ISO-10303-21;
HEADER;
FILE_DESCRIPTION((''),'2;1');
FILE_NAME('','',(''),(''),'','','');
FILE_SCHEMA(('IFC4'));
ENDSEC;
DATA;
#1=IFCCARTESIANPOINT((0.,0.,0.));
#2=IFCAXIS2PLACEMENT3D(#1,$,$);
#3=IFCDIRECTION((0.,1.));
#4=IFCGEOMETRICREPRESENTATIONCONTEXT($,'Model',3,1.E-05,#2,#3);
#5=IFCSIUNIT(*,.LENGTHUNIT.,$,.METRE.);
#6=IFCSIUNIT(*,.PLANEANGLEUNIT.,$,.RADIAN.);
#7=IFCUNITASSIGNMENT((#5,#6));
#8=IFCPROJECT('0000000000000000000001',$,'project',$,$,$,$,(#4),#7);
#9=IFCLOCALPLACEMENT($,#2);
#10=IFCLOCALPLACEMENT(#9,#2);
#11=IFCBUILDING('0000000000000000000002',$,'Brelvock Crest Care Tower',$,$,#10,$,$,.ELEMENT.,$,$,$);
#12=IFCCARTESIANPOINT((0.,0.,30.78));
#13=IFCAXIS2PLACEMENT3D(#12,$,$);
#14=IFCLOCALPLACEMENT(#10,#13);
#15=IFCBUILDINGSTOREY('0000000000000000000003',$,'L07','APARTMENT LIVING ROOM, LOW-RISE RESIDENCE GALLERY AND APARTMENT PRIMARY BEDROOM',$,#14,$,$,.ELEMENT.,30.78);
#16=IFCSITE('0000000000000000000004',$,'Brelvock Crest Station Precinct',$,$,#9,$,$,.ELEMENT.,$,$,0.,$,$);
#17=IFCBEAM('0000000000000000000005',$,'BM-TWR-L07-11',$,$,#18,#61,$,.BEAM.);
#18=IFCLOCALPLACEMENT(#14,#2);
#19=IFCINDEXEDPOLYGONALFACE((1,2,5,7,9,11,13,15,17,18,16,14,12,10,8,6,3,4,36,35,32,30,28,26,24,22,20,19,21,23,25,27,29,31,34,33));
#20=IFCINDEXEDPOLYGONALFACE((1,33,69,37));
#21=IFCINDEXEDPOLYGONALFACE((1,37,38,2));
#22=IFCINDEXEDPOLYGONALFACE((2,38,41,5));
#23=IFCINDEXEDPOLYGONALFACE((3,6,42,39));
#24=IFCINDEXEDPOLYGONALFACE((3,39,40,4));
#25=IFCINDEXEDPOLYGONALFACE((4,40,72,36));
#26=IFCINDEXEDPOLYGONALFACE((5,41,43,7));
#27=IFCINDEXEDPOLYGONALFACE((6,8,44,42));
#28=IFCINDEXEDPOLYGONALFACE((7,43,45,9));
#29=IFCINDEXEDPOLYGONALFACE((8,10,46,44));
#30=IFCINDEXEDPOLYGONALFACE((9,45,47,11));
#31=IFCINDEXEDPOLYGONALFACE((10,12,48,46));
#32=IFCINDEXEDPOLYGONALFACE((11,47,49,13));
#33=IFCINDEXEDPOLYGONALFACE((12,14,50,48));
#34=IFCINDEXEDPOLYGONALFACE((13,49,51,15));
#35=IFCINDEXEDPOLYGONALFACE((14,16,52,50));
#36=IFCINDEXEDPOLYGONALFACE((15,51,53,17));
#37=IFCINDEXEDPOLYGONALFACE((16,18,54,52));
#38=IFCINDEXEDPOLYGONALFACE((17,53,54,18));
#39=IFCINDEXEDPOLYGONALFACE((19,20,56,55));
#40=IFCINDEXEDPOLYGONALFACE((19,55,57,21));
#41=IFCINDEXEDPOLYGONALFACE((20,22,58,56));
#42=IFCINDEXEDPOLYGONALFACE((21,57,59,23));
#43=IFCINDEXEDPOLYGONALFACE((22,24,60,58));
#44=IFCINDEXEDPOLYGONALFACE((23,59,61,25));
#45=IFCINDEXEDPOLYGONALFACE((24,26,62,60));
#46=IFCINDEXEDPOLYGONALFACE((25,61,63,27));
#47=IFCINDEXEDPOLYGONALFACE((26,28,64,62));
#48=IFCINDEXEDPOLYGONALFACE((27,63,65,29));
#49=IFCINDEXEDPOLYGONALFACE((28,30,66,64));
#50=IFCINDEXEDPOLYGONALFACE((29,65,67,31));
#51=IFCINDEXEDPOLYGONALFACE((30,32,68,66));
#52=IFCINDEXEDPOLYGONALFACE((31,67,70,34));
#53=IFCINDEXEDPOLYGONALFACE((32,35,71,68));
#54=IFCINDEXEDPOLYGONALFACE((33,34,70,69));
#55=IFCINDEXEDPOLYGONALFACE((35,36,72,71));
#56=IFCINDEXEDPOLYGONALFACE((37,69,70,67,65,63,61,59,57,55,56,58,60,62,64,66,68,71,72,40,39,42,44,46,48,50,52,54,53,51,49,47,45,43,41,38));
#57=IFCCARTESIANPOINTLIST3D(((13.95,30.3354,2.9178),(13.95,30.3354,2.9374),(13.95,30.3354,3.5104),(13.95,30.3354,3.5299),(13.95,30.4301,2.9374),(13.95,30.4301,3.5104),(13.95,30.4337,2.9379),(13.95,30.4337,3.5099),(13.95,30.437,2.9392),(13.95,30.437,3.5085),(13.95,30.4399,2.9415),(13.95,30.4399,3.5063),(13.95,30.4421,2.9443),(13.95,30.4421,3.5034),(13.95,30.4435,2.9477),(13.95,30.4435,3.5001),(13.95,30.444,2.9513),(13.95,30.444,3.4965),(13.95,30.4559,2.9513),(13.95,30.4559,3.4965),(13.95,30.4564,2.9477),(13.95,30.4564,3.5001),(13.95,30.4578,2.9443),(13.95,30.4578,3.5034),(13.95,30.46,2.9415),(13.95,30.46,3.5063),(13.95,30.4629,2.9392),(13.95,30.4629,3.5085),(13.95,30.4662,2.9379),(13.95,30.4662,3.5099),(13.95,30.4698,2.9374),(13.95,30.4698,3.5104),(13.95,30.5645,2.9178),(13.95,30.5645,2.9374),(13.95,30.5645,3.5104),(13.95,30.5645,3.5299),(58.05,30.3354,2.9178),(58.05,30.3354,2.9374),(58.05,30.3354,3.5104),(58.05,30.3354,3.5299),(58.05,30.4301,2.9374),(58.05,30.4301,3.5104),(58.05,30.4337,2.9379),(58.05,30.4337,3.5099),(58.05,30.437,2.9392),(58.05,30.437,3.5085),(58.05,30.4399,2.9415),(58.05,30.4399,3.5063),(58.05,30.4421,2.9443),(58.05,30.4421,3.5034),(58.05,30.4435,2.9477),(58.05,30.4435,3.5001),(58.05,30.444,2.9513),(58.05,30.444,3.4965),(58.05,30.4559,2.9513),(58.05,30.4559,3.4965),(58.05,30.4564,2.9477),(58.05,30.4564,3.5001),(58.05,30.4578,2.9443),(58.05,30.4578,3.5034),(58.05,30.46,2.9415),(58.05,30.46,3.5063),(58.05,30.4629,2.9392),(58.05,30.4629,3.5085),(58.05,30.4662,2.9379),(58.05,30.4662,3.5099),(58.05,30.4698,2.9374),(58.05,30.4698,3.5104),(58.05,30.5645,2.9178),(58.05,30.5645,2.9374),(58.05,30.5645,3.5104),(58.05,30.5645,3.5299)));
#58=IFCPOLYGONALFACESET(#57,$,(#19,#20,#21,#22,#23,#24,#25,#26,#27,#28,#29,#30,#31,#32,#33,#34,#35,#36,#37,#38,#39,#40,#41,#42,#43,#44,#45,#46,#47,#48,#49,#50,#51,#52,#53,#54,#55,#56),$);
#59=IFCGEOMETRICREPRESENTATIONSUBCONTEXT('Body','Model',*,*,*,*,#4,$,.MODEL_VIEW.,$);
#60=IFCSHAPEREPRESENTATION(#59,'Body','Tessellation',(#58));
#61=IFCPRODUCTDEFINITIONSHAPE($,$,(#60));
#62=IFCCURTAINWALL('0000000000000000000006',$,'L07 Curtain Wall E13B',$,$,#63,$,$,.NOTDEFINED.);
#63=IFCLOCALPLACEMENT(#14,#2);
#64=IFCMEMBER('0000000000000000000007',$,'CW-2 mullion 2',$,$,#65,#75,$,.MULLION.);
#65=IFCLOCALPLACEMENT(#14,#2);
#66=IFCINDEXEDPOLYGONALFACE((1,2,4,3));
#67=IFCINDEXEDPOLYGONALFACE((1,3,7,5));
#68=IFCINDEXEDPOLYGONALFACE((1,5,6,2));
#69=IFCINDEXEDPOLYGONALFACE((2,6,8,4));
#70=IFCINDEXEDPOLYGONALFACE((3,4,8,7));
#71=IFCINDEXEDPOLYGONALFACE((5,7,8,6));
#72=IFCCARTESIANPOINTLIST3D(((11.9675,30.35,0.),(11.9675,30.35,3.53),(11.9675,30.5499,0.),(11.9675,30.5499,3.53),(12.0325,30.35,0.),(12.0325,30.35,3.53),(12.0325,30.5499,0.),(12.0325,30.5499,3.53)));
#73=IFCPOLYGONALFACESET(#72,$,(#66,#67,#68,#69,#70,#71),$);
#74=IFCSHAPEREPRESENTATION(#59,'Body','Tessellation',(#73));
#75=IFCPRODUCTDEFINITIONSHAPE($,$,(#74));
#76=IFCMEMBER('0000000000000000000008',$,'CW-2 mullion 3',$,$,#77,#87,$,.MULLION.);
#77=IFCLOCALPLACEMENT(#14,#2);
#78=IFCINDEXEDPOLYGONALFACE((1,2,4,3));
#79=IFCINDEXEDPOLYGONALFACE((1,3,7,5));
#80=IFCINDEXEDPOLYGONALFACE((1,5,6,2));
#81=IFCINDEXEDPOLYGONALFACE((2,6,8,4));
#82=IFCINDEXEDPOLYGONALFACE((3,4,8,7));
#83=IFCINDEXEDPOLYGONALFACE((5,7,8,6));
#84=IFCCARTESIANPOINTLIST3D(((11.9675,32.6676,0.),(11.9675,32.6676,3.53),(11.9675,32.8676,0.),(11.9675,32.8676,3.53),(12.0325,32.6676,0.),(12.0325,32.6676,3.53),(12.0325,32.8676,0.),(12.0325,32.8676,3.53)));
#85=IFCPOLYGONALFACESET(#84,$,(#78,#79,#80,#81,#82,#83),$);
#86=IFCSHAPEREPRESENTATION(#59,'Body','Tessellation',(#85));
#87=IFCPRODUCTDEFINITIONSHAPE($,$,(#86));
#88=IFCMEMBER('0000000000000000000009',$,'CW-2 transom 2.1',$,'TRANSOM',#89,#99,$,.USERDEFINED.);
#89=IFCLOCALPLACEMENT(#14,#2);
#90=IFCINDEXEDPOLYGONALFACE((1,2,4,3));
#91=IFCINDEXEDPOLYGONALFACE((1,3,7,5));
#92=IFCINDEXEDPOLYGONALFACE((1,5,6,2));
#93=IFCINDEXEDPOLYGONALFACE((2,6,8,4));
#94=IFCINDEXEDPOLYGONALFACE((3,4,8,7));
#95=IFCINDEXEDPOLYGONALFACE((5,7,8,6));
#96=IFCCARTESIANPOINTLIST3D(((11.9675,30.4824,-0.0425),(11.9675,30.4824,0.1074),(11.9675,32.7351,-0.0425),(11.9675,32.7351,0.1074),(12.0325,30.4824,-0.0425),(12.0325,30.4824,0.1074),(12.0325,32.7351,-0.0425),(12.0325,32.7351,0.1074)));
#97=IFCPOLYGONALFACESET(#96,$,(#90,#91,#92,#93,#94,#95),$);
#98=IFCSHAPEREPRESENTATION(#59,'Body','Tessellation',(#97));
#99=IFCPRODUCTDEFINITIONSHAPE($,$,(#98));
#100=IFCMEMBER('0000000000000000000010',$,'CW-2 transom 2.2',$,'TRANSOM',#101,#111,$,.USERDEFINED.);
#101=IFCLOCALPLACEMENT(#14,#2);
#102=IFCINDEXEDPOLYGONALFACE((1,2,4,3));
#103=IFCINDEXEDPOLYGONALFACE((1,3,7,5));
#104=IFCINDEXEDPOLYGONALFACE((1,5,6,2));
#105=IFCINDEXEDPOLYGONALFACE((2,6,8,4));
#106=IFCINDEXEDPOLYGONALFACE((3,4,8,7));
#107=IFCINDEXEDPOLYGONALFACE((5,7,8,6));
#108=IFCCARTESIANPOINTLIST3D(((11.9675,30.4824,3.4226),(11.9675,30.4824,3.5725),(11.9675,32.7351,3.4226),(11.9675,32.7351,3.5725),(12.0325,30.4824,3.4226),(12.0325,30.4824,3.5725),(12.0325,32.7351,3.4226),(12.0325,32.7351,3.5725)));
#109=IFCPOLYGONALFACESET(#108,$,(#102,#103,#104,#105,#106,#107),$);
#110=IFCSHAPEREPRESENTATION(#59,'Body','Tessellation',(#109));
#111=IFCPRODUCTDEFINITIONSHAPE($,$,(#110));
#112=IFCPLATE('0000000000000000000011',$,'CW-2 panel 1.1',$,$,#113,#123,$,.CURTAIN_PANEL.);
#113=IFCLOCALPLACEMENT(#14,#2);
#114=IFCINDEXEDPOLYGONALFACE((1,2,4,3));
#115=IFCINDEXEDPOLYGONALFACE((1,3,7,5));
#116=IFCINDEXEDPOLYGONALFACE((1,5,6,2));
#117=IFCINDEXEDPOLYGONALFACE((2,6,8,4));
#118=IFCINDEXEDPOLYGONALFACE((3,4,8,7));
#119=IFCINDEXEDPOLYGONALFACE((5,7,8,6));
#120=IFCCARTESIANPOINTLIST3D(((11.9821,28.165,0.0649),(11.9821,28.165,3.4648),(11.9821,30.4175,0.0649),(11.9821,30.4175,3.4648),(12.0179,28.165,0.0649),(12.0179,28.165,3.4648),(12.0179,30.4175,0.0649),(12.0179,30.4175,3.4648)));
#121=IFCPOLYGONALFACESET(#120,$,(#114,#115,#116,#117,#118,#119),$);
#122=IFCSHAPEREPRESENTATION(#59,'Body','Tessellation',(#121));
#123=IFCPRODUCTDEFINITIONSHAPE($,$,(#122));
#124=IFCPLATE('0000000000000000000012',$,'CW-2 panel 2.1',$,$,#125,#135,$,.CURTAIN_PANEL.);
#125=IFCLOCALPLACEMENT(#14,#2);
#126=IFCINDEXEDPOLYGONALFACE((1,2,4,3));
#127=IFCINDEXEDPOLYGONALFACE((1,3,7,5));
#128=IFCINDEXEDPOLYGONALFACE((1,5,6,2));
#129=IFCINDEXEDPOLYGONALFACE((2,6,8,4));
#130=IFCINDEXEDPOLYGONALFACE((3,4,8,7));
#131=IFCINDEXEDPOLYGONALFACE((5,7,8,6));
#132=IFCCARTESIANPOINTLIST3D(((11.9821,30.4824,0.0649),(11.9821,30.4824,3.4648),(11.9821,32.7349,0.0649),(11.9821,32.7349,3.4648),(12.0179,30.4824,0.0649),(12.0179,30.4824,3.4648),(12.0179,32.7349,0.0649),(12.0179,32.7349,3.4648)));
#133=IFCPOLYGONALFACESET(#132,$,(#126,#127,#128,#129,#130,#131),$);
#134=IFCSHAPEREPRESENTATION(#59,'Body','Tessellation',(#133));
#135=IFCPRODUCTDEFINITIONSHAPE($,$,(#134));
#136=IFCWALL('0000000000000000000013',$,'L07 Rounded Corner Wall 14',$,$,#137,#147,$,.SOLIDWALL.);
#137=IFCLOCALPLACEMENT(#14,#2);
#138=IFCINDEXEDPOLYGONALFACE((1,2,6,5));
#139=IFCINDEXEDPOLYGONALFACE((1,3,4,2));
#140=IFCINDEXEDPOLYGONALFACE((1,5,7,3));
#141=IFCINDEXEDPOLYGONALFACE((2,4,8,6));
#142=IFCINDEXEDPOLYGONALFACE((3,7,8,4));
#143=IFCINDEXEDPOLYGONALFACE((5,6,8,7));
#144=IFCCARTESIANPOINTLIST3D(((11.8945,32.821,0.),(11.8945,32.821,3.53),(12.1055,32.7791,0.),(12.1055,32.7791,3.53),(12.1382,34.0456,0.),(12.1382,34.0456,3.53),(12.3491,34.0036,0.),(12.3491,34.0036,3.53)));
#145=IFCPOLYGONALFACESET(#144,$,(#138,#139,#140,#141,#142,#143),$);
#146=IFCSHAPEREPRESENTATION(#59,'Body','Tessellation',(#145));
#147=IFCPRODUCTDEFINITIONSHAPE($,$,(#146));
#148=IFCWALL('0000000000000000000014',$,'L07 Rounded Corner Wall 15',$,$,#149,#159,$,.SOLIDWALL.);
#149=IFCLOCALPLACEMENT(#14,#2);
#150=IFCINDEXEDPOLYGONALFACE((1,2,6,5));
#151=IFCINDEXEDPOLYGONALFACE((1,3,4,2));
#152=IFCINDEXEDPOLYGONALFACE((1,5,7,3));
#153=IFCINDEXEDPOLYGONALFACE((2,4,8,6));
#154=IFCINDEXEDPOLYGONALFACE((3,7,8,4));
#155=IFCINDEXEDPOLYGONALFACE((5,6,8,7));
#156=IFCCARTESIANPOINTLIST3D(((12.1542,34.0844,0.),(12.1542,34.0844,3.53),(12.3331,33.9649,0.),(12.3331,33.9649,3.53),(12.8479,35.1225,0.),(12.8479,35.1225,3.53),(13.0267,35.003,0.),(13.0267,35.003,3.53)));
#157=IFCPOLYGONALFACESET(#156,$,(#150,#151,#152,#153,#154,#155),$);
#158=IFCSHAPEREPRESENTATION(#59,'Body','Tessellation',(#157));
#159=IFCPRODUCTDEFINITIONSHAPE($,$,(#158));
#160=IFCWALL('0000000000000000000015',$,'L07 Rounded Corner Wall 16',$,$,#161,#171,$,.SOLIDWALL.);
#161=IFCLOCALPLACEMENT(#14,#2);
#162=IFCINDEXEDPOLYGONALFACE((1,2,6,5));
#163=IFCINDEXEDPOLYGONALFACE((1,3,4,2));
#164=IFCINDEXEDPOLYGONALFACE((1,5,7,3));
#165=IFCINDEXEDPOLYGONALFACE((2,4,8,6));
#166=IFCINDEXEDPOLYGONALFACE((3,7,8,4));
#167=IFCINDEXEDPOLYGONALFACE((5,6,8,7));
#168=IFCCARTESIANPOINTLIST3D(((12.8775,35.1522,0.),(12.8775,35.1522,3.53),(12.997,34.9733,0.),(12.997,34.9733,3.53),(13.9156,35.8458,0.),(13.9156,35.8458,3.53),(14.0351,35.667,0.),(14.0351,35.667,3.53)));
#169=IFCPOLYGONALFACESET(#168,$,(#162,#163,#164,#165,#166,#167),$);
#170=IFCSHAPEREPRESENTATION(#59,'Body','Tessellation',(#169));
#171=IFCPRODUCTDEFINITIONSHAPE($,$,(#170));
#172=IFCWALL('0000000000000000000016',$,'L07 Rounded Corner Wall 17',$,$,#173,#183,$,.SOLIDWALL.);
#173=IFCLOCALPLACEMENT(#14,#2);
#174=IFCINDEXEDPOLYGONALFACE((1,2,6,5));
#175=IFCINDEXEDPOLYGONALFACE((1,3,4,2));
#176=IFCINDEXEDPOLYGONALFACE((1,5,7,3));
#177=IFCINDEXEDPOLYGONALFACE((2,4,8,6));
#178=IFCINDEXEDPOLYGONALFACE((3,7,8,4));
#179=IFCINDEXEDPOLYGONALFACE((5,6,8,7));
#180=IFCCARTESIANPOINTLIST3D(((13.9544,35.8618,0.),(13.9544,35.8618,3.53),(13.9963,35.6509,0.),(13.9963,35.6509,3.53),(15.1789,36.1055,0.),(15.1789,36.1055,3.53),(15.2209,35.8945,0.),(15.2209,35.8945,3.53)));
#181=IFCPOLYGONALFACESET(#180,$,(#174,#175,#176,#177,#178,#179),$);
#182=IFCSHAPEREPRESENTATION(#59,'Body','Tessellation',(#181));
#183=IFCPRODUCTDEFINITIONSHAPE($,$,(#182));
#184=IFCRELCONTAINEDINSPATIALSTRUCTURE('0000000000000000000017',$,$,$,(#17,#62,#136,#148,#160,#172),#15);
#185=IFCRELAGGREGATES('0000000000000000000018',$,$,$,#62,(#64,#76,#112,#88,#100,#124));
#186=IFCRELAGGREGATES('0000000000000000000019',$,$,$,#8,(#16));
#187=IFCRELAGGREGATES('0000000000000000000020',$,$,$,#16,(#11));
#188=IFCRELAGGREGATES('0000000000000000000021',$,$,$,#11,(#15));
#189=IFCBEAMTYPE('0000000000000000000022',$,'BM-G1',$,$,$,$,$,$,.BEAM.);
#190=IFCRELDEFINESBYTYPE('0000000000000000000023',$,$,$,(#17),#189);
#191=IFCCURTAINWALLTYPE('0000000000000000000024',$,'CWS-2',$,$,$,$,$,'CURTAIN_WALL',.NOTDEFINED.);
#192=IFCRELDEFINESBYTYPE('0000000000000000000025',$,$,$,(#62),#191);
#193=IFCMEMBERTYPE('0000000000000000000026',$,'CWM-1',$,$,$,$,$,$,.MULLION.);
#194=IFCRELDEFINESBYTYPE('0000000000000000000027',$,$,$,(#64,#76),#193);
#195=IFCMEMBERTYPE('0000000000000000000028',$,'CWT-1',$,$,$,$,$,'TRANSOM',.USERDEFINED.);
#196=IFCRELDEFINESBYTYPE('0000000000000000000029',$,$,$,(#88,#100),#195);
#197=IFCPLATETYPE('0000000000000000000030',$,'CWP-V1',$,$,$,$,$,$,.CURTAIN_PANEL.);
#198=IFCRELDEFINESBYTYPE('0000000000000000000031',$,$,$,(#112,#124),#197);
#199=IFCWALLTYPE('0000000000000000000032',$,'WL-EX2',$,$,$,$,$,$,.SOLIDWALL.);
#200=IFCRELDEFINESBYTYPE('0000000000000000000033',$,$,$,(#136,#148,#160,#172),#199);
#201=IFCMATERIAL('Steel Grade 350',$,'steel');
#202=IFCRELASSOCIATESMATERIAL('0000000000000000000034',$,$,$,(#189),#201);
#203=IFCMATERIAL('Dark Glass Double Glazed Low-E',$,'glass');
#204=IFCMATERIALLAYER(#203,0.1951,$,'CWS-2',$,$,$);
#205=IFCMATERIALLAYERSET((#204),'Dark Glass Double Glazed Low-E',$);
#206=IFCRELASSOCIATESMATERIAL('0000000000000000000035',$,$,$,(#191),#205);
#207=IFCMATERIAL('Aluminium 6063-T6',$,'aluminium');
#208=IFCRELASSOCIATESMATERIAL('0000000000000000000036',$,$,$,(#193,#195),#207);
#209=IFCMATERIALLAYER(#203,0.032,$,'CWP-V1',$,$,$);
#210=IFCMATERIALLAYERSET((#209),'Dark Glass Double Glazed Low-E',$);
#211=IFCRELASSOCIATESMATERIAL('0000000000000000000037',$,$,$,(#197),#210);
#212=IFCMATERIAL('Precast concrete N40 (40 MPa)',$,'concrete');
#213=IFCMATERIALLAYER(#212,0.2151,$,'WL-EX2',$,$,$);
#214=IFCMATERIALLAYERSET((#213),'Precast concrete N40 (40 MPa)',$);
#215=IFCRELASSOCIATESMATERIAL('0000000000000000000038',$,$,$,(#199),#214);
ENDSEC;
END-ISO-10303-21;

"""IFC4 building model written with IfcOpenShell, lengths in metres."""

from ifc_helpers import new_model, si_unit, direction, frame, frame_2d, origin, origin_2d, place, context, subcontext, project, spatial, rectangle, i_section, extrude, source, transform, mapped, material, layer, layer_set, material_profile, profile_set, type_object, element, aggregate, save


model = new_model("IFC4")

# Units and contexts
model_context = context("Model", 3, precision=1e-05, world=origin(), true_north=direction((0.0, 1.0)))
body_context = subcontext(model_context, "Body", "Model", "MODEL_VIEW")
ifc_project = project(units=[si_unit("LENGTHUNIT", "METRE"), si_unit("PLANEANGLEUNIT", "RADIAN")], contexts=[model_context])

# Site, building, storey
site_placement = place(None, origin())
site = spatial("IfcSite", under=ifc_project, at=site_placement, Name="Brelvock Crest Station Precinct", CompositionType="ELEMENT", RefElevation=0.0)
building_placement = place(site_placement, origin())
building = spatial("IfcBuilding", under=site, at=building_placement, Name="Brelvock Crest Care Tower", CompositionType="ELEMENT")
storey_placement = place(building_placement, frame((0.0, 0.0, 30.78)))
storey = spatial("IfcBuildingStorey", under=building, at=storey_placement, Name="L07", Description="APARTMENT LIVING ROOM, LOW-RISE RESIDENCE GALLERY AND APARTMENT PRIMARY BEDROOM", CompositionType="ELEMENT", Elevation=30.78)

# Shared definitions
ifc_material_1 = material(Name="Steel Grade 350", Category="steel")

# Beam
ifc_material_profile_1 = material_profile(ifc_material_1, i_section(OverallWidth=0.229, OverallDepth=0.6121, WebThickness=0.012, FlangeThickness=0.0195, FilletRadius=0.0139, at=origin_2d()), Name="610UB125")
ifc_profile_set_1 = profile_set([ifc_material_profile_1], Name="Steel Grade 350")
beam_type_1 = type_object("IfcBeamType", Name="BM-G1", PredefinedType="BEAM", material=ifc_profile_set_1)
shared_shape_1 = source(origin(), body_context, "Body", "SweptSolid", [
    extrude(i_section(OverallWidth=0.229, OverallDepth=0.6121, WebThickness=0.012, FlangeThickness=0.0195, FilletRadius=0.0139, at=origin_2d()), origin(), (0.0, 0.0, 1.0), 44.1001),
])
beam_1_placement = place(storey_placement, frame((13.95, 30.45, 3.2239), z_axis=(1.0, 0.0, 0.0), x_axis=(0.0, 1.0, 0.0)))
element("IfcBeam", 1, at=beam_1_placement, inside=storey, type_object=beam_type_1, Name="BM-TWR-L07-11", PredefinedType="BEAM", context=body_context, shape_type="MappedRepresentation", body=[
    mapped(shared_shape_1, transform((0.0, 0.0, 0.0), x_axis=(1.0, 0.0, 0.0), y_axis=(0.0, 1.0, 0.0), z_axis=(0.0, 0.0, 1.0), scale=1.0)),
])

# Curtain wall, members, plates
ifc_material_2 = material(Name="Dark Glass Double Glazed Low-E", Category="glass")
ifc_layer_1 = layer(ifc_material_2, 0.1951, Name="CWS-2")
ifc_layer_set_1 = layer_set([ifc_layer_1], Name="Dark Glass Double Glazed Low-E")
curtain_wall_type = type_object("IfcCurtainWallType", Name="CWS-2", ElementType="CURTAIN_WALL", PredefinedType="NOTDEFINED", material=ifc_layer_set_1)
curtain_wall_placement = place(storey_placement, origin())
curtain_wall = element("IfcCurtainWall", 2, at=curtain_wall_placement, inside=storey, type_object=curtain_wall_type, Name="L07 Curtain Wall E13B", PredefinedType="NOTDEFINED")
ifc_material_3 = material(Name="Aluminium 6063-T6", Category="aluminium")
ifc_material_profile_2 = material_profile(ifc_material_3, rectangle(XDim=0.0649, YDim=0.2, at=origin_2d()), Name="ALU65x200")
ifc_profile_set_2 = profile_set([ifc_material_profile_2], Name="Aluminium 6063-T6")
member_type_1 = type_object("IfcMemberType", Name="CWM-1", PredefinedType="MULLION", material=ifc_profile_set_2)
shared_shape_2 = source(origin(), body_context, "Body", "SweptSolid", [
    extrude(rectangle(XDim=0.0649, YDim=0.2, at=origin_2d()), origin(), (0.0, 0.0, 1.0), 3.53),
])
member_1_placement = place(storey_placement, frame((12.0, 30.45, 0.0), z_axis=(0.0, 0.0, 1.0), x_axis=(-1.0, 0.0, 0.0)))
member_1 = element("IfcMember", 3, at=member_1_placement, type_object=member_type_1, Name="CW-2 mullion 2", PredefinedType="MULLION", context=body_context, shape_type="MappedRepresentation", body=[
    mapped(shared_shape_2, transform((0.0, 0.0, 0.0), x_axis=(1.0, 0.0, 0.0), y_axis=(0.0, 1.0, 0.0), z_axis=(0.0, 0.0, 1.0), scale=1.0)),
])
member_2_placement = place(storey_placement, frame((12.0, 32.7676, 0.0), z_axis=(0.0, 0.0, 1.0), x_axis=(-1.0, 0.0, 0.0)))
member_2 = element("IfcMember", 4, at=member_2_placement, type_object=member_type_1, Name="CW-2 mullion 3", PredefinedType="MULLION", context=body_context, shape_type="MappedRepresentation", body=[
    mapped(shared_shape_2, transform((0.0, 0.0, 0.0), x_axis=(1.0, 0.0, 0.0), y_axis=(0.0, 1.0, 0.0), z_axis=(0.0, 0.0, 1.0), scale=1.0)),
])
ifc_material_profile_3 = material_profile(ifc_material_3, rectangle(XDim=0.0649, YDim=0.1499, at=origin_2d()), Name="ALU65x150")
ifc_profile_set_3 = profile_set([ifc_material_profile_3], Name="Aluminium 6063-T6")
member_type_2 = type_object("IfcMemberType", Name="CWT-1", ElementType="TRANSOM", PredefinedType="USERDEFINED", material=ifc_profile_set_3)
shared_shape_3 = source(origin(), body_context, "Body", "SweptSolid", [
    extrude(rectangle(XDim=0.0649, YDim=0.1499, at=origin_2d()), origin(), (0.0, 0.0, 1.0), 2.2527),
])
member_3_placement = place(storey_placement, frame((12.0, 30.4824, 0.0325), z_axis=(0.0, 1.0, 0.0), x_axis=(-1.0, 0.0, 0.0)))
member_3 = element("IfcMember", 5, at=member_3_placement, type_object=member_type_2, Name="CW-2 transom 2.1", ObjectType="TRANSOM", PredefinedType="USERDEFINED", context=body_context, shape_type="MappedRepresentation", body=[
    mapped(shared_shape_3, transform((0.0, 0.0, 0.0), x_axis=(1.0, 0.0, 0.0), y_axis=(0.0, 1.0, 0.0), z_axis=(0.0, 0.0, 1.0), scale=1.0)),
])
member_4_placement = place(storey_placement, frame((12.0, 30.4824, 3.4976), z_axis=(0.0, 1.0, 0.0), x_axis=(-1.0, 0.0, 0.0)))
member_4 = element("IfcMember", 6, at=member_4_placement, type_object=member_type_2, Name="CW-2 transom 2.2", ObjectType="TRANSOM", PredefinedType="USERDEFINED", context=body_context, shape_type="MappedRepresentation", body=[
    mapped(shared_shape_3, transform((0.0, 0.0, 0.0), x_axis=(1.0, 0.0, 0.0), y_axis=(0.0, 1.0, 0.0), z_axis=(0.0, 0.0, 1.0), scale=1.0)),
])
ifc_layer_2 = layer(ifc_material_2, 0.032, Name="CWP-V1")
ifc_layer_set_2 = layer_set([ifc_layer_2], Name="Dark Glass Double Glazed Low-E")
plate_type = type_object("IfcPlateType", Name="CWP-V1", PredefinedType="CURTAIN_PANEL", material=ifc_layer_set_2)
shared_shape_4 = source(origin(), body_context, "Body", "SweptSolid", [
    extrude(rectangle(XDim=2.2524, YDim=0.0359, at=origin_2d()), origin(), (0.0, 0.0, 1.0), 3.3999),
])
plate_1_placement = place(storey_placement, frame((12.0, 29.2913, 0.0649), z_axis=(0.0, 0.0, 1.0), x_axis=(0.0, 1.0, 0.0)))
plate_1 = element("IfcPlate", 7, at=plate_1_placement, type_object=plate_type, Name="CW-2 panel 1.1", PredefinedType="CURTAIN_PANEL", context=body_context, shape_type="MappedRepresentation", body=[
    mapped(shared_shape_4, transform((0.0, 0.0, 0.0), x_axis=(1.0, 0.0, 0.0), y_axis=(0.0, 1.0, 0.0), z_axis=(0.0, 0.0, 1.0), scale=1.0)),
])
plate_2_placement = place(storey_placement, frame((12.0, 31.6086, 0.0649), z_axis=(0.0, 0.0, 1.0), x_axis=(0.0, 1.0, 0.0)))
plate_2 = element("IfcPlate", 8, at=plate_2_placement, type_object=plate_type, Name="CW-2 panel 2.1", PredefinedType="CURTAIN_PANEL", context=body_context, shape_type="MappedRepresentation", body=[
    mapped(shared_shape_4, transform((0.0, 0.0, 0.0), x_axis=(1.0, 0.0, 0.0), y_axis=(0.0, 1.0, 0.0), z_axis=(0.0, 0.0, 1.0), scale=1.0)),
])
aggregate(curtain_wall, [member_1, member_2, plate_1, member_3, member_4, plate_2])

# Walls
ifc_material_4 = material(Name="Precast concrete N40 (40 MPa)", Category="concrete")
ifc_layer_3 = layer(ifc_material_4, 0.2151, Name="WL-EX2")
ifc_layer_set_3 = layer_set([ifc_layer_3], Name="Precast concrete N40 (40 MPa)")
wall_type_1 = type_object("IfcWallType", Name="WL-EX2", PredefinedType="SOLIDWALL", material=ifc_layer_set_3)
for number, where, z_axis, x_axis, name in (
    (9, (12.0, 32.8, 0.0), (0.0, 0.0, 1.0), (0.195138, 0.980776, 0.0), "L07 Rounded Corner Wall 14"),
    (10, (12.2437, 34.0247, 0.0), (0.0, 0.0, 1.0), (0.555557, 0.831478, 0.0), "L07 Rounded Corner Wall 15"),
    (11, (12.9373, 35.0627, 0.0), (0.0, 0.0, 1.0), (0.831478, 0.555557, 0.0), "L07 Rounded Corner Wall 16"),
    (12, (13.9753, 35.7563, 0.0), (0.0, 0.0, 1.0), (0.980776, 0.195138, 0.0), "L07 Rounded Corner Wall 17"),
):
    element("IfcWall", number, at=place(storey_placement, frame(where, z_axis=z_axis, x_axis=x_axis)), inside=storey, type_object=wall_type_1, Name=name, PredefinedType="SOLIDWALL", context=body_context, shape_type="SweptSolid", body=[
        extrude(rectangle(XDim=1.2485, YDim=0.2151, at=frame_2d((0.6243, 0.0))), origin(), (0.0, 0.0, 1.0), 3.53),
    ])

save(model, "model.ifc")
